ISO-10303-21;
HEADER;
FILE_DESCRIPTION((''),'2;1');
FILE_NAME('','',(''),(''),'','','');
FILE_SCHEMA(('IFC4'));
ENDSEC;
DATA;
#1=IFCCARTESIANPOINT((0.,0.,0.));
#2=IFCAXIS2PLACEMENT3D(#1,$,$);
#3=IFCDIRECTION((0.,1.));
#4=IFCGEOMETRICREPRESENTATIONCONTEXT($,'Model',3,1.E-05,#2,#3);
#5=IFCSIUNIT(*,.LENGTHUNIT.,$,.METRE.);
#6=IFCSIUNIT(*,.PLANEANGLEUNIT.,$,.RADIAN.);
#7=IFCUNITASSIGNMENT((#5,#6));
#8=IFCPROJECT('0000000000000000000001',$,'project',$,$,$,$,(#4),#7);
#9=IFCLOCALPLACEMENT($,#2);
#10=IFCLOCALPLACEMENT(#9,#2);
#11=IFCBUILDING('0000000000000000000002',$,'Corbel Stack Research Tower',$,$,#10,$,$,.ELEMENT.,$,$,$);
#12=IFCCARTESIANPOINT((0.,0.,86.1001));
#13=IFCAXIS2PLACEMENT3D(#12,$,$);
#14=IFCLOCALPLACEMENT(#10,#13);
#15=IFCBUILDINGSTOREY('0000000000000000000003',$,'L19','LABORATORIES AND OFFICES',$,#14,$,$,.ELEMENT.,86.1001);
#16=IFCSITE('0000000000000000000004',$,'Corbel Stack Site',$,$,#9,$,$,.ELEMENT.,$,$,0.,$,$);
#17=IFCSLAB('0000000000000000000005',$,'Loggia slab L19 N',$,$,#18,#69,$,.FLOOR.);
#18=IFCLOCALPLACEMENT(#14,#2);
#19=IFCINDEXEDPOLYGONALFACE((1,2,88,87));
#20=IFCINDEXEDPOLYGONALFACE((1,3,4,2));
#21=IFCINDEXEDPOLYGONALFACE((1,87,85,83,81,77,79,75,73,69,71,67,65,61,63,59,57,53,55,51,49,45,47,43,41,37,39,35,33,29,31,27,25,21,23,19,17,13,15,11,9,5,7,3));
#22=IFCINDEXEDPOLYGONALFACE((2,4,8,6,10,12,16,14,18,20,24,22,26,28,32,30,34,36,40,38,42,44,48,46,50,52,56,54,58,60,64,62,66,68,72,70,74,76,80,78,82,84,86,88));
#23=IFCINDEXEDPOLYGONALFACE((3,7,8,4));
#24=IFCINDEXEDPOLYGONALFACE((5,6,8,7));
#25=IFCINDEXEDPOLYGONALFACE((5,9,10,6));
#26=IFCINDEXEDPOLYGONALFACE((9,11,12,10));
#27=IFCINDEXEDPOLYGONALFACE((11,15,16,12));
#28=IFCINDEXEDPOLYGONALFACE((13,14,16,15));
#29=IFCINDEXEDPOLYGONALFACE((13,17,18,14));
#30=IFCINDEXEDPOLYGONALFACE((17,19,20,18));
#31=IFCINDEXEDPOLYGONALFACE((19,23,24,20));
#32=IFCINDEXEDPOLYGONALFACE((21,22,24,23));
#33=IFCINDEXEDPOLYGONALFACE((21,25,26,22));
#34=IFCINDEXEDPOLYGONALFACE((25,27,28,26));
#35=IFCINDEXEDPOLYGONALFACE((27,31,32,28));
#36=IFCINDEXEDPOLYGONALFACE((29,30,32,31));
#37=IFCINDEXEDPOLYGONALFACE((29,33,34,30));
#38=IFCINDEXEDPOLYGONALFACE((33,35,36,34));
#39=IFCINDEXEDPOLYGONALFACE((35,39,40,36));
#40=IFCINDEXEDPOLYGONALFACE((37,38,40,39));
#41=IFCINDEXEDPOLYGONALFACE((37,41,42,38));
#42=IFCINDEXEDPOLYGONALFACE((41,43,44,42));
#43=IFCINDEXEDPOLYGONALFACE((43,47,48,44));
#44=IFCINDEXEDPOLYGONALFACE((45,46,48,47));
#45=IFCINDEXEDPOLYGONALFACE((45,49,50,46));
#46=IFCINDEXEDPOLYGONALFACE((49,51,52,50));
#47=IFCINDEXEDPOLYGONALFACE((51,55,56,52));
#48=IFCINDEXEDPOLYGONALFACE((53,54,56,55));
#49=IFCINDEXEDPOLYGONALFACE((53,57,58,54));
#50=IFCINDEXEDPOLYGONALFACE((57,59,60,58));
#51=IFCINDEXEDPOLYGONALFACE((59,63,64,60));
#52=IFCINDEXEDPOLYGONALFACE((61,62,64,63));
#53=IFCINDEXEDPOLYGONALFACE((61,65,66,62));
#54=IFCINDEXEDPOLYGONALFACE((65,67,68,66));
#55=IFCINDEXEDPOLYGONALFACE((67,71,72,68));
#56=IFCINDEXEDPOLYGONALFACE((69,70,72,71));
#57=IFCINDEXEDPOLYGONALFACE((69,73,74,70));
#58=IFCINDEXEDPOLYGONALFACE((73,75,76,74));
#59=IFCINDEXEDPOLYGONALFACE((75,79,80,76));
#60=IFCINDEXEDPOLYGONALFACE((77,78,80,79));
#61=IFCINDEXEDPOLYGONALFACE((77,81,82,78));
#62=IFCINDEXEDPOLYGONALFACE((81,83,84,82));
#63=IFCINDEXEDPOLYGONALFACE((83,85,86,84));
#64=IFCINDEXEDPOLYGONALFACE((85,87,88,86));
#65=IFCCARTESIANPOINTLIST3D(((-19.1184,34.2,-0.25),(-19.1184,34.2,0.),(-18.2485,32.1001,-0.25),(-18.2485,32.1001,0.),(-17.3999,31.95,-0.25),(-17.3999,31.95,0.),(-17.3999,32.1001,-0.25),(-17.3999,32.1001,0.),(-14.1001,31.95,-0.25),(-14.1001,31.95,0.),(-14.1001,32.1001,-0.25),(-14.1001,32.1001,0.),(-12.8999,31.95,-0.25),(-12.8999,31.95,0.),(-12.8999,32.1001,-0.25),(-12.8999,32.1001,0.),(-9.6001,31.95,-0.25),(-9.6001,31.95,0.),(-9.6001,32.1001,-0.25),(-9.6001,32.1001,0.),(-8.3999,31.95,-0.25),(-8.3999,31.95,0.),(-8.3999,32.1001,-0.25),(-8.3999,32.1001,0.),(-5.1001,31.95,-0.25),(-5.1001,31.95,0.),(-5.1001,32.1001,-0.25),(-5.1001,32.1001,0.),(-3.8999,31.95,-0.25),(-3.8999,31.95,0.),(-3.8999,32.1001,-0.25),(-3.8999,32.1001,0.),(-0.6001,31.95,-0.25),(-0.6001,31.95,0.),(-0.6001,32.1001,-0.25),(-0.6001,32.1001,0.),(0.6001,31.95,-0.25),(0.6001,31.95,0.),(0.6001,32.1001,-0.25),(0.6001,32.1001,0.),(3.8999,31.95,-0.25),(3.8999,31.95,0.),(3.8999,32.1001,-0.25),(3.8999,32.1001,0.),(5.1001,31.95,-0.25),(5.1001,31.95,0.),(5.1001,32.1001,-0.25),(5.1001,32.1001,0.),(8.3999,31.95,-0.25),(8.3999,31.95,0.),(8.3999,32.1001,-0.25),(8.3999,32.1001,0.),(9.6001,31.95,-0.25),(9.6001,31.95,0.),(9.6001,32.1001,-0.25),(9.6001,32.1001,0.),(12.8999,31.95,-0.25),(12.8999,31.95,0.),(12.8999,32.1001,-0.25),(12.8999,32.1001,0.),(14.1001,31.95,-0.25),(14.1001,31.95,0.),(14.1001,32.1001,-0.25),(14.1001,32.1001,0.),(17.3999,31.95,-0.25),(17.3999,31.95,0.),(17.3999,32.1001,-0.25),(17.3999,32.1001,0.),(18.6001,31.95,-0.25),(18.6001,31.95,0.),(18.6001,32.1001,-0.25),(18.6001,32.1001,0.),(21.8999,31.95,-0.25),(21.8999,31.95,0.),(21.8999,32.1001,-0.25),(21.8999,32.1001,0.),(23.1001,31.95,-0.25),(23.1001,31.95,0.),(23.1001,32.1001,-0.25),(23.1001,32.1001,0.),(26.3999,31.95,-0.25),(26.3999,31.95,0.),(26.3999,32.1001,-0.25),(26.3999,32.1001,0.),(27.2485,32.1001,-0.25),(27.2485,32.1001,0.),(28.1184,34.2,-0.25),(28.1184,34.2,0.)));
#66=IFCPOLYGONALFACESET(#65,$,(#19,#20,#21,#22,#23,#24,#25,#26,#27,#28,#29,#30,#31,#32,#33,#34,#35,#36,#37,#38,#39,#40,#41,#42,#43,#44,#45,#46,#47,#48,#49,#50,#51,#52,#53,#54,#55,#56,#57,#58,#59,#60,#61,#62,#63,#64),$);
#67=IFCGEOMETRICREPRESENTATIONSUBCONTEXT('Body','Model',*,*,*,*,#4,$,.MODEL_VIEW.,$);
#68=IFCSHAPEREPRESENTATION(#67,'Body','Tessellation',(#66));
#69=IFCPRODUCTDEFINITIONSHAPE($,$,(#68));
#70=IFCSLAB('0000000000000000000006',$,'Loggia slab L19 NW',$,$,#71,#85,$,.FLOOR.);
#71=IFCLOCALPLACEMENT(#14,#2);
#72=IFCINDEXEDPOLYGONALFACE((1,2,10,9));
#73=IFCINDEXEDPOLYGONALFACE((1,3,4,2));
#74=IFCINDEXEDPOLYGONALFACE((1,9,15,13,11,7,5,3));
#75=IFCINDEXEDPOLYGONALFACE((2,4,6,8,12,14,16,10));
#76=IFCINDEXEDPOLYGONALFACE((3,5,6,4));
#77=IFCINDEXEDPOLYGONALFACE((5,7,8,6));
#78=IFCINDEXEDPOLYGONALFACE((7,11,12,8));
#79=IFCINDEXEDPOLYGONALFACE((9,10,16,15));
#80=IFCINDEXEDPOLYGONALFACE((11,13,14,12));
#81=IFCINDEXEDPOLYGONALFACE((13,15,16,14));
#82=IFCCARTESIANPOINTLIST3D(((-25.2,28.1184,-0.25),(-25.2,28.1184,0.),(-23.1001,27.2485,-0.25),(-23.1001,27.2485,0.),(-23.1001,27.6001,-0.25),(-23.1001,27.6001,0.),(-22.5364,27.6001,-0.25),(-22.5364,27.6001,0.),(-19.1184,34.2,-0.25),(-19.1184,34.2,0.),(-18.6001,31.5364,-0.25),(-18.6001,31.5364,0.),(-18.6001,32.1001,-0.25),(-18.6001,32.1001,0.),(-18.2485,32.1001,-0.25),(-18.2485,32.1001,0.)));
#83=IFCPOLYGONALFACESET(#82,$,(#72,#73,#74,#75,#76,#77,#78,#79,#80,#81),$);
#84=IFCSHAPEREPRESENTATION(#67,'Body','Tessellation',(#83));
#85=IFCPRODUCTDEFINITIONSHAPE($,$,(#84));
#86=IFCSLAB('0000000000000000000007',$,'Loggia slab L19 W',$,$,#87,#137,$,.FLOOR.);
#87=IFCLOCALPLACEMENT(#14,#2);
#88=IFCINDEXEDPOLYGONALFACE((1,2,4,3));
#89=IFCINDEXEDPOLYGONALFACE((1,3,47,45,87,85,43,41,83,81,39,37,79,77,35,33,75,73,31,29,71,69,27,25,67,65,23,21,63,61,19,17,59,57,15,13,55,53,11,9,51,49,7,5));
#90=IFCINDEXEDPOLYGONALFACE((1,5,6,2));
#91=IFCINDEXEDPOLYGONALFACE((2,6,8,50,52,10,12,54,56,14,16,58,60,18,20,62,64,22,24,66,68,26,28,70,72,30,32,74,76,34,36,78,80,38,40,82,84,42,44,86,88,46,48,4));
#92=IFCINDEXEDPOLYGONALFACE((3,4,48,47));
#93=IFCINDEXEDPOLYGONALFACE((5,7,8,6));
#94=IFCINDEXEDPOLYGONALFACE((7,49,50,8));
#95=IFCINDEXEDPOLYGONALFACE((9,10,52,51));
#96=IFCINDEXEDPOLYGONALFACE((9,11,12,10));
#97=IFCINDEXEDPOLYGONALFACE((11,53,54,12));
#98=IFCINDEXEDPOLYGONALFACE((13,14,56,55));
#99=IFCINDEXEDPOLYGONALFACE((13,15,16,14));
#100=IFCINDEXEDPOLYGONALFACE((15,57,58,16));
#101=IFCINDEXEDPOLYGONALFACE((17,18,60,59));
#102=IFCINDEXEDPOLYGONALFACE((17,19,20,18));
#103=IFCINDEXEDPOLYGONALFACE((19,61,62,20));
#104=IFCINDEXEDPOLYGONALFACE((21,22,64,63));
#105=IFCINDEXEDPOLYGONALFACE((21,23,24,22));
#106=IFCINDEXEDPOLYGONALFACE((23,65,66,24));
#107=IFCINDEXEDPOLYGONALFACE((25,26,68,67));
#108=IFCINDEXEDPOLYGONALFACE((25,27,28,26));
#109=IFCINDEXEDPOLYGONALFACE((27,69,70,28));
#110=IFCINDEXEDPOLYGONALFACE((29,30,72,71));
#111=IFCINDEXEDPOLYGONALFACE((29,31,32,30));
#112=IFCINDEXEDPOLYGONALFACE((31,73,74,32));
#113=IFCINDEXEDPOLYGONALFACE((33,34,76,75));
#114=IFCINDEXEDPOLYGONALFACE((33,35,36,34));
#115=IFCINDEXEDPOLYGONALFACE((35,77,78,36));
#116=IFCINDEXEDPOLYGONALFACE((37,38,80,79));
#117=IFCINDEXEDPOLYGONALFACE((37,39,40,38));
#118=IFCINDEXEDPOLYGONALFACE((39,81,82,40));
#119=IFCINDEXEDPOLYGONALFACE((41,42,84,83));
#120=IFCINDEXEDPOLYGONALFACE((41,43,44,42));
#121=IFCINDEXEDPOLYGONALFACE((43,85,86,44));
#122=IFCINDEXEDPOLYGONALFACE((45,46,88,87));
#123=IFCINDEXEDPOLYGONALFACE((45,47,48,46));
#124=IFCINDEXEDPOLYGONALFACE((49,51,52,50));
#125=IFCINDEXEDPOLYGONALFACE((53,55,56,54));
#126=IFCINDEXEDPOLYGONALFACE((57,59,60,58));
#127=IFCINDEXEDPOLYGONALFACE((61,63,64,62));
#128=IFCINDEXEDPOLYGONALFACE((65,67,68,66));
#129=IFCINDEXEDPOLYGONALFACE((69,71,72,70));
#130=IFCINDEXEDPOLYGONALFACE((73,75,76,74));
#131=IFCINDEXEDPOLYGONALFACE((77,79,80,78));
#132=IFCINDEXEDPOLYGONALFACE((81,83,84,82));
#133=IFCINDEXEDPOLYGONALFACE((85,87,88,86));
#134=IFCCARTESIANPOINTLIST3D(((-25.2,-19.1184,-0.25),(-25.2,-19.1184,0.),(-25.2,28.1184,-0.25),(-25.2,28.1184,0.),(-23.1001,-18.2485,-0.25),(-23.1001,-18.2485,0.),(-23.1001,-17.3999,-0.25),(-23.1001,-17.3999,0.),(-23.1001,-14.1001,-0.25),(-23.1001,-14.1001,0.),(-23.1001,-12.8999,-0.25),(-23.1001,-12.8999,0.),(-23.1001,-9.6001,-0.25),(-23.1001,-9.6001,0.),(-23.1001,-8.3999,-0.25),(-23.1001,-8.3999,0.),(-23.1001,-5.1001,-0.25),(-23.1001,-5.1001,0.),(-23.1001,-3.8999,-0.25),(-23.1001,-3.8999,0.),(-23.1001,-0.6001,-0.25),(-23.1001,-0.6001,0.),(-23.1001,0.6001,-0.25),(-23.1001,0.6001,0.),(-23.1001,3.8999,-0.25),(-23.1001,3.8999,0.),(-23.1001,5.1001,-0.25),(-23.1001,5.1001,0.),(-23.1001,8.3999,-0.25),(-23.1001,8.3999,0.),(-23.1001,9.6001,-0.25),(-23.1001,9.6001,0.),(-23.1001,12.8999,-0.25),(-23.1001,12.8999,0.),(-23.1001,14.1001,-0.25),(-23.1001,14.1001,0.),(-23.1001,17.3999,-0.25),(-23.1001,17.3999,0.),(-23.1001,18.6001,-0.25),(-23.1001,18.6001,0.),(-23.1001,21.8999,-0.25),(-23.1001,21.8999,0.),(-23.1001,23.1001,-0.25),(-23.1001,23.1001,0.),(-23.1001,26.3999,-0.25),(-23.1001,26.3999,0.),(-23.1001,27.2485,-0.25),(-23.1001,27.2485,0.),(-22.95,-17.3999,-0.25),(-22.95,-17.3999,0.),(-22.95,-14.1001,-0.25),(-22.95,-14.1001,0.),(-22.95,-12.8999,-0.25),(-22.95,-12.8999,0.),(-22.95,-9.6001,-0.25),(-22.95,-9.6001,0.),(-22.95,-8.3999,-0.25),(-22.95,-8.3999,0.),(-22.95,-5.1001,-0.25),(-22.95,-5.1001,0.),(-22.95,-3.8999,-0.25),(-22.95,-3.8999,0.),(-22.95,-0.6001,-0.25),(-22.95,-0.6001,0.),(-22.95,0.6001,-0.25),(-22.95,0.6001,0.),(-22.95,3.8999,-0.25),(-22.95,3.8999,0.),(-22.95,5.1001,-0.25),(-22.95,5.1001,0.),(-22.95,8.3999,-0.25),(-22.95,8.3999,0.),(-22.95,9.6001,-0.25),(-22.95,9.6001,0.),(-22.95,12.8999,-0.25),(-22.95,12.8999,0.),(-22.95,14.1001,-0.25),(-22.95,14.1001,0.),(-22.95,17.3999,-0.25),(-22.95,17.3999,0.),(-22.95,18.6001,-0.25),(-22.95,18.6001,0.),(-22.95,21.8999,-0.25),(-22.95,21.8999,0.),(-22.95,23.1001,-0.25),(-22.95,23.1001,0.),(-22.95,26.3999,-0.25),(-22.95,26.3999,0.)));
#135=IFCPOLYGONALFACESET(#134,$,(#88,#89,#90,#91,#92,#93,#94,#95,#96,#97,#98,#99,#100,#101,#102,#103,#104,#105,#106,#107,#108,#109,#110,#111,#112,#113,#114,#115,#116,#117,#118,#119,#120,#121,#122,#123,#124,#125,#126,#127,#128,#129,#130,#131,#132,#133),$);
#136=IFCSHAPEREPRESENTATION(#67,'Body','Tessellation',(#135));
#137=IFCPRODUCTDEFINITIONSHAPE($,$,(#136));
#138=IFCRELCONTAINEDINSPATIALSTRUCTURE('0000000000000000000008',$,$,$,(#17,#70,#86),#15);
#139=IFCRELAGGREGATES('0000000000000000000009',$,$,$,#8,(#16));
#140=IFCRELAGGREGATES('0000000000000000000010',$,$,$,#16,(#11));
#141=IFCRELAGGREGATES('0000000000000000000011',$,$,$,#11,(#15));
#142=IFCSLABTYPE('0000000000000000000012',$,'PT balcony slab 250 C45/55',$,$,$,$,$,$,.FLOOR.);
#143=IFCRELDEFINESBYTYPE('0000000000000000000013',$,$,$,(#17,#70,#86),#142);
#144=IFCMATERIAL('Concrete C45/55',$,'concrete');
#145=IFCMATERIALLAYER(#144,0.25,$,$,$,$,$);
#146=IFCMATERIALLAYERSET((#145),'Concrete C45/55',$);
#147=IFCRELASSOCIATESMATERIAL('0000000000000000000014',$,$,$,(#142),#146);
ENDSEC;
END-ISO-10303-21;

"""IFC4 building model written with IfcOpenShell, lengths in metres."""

from ifc_helpers import new_model, si_unit, direction, frame, origin, place, context, subcontext, project, spatial, polyline, outline, extrude, material, layer, layer_set, type_object, element, save


model = new_model("IFC4")

# Units and contexts
model_context = context("Model", 3, precision=1e-05, world=origin(), true_north=direction((0.0, 1.0)))
body_context = subcontext(model_context, "Body", "Model", "MODEL_VIEW")
ifc_project = project(units=[si_unit("LENGTHUNIT", "METRE"), si_unit("PLANEANGLEUNIT", "RADIAN")], contexts=[model_context])

# Site, building, storey
site_placement = place(None, origin())
site = spatial("IfcSite", under=ifc_project, at=site_placement, Name="Corbel Stack Site", CompositionType="ELEMENT", RefElevation=0.0)
building_placement = place(site_placement, origin())
building = spatial("IfcBuilding", under=site, at=building_placement, Name="Corbel Stack Research Tower", CompositionType="ELEMENT")
storey_placement = place(building_placement, frame((0.0, 0.0, 86.1001)))
storey = spatial("IfcBuildingStorey", under=building, at=storey_placement, Name="L19", Description="LABORATORIES AND OFFICES", CompositionType="ELEMENT", Elevation=86.1001)

# Slabs
ifc_material_1 = material(Name="Concrete C45/55", Category="concrete")
ifc_layer_1 = layer(ifc_material_1, 0.25)
ifc_layer_set_1 = layer_set([ifc_layer_1], Name="Concrete C45/55")
slab_type_1 = type_object("IfcSlabType", Name="PT balcony slab 250 C45/55", PredefinedType="FLOOR", material=ifc_layer_set_1)
slab_1_placement = place(storey_placement, frame((0.0, 0.0, -0.25)))
element("IfcSlab", 1, at=slab_1_placement, inside=storey, type_object=slab_type_1, Name="Loggia slab L19 N", PredefinedType="FLOOR", context=body_context, shape_type="SweptSolid", body=[
    extrude(outline(polyline([(-18.2485, 32.1001), (-17.3999, 32.1001), (-17.3999, 31.95), (-14.1001, 31.95), (-14.1001, 32.1001), (-12.8999, 32.1001), (-12.8999, 31.95), (-9.6001, 31.95), (-9.6001, 32.1001), (-8.3999, 32.1001), (-8.3999, 31.95), (-5.1001, 31.95), (-5.1001, 32.1001), (-3.8999, 32.1001), (-3.8999, 31.95), (-0.6001, 31.95), (-0.6001, 32.1001), (0.6001, 32.1001), (0.6001, 31.95), (3.8999, 31.95), (3.8999, 32.1001), (5.1001, 32.1001), (5.1001, 31.95), (8.3999, 31.95), (8.3999, 32.1001), (9.6001, 32.1001), (9.6001, 31.95), (12.8999, 31.95), (12.8999, 32.1001), (14.1001, 32.1001), (14.1001, 31.95), (17.3999, 31.95), (17.3999, 32.1001), (18.6001, 32.1001), (18.6001, 31.95), (21.8999, 31.95), (21.8999, 32.1001), (23.1001, 32.1001), (23.1001, 31.95), (26.3999, 31.95), (26.3999, 32.1001), (27.2485, 32.1001), (28.1184, 34.2), (-19.1184, 34.2), (-18.2485, 32.1001)])), origin(), (0.0, 0.0, 1.0), 0.25),
])
slab_2_placement = place(storey_placement, frame((0.0, 0.0, -0.25)))
element("IfcSlab", 2, at=slab_2_placement, inside=storey, type_object=slab_type_1, Name="Loggia slab L19 NW", PredefinedType="FLOOR", context=body_context, shape_type="SweptSolid", body=[
    extrude(outline(polyline([(-23.1001, 27.2485), (-23.1001, 27.6001), (-22.5364, 27.6001), (-18.6001, 31.5364), (-18.6001, 32.1001), (-18.2485, 32.1001), (-19.1184, 34.2), (-25.2, 28.1184), (-23.1001, 27.2485)])), origin(), (0.0, 0.0, 1.0), 0.25),
])
slab_3_placement = place(storey_placement, frame((0.0, 0.0, -0.25)))
element("IfcSlab", 3, at=slab_3_placement, inside=storey, type_object=slab_type_1, Name="Loggia slab L19 W", PredefinedType="FLOOR", context=body_context, shape_type="SweptSolid", body=[
    extrude(outline(polyline([(-23.1001, -18.2485), (-23.1001, -17.3999), (-22.95, -17.3999), (-22.95, -14.1001), (-23.1001, -14.1001), (-23.1001, -12.8999), (-22.95, -12.8999), (-22.95, -9.6001), (-23.1001, -9.6001), (-23.1001, -8.3999), (-22.95, -8.3999), (-22.95, -5.1001), (-23.1001, -5.1001), (-23.1001, -3.8999), (-22.95, -3.8999), (-22.95, -0.6001), (-23.1001, -0.6001), (-23.1001, 0.6001), (-22.95, 0.6001), (-22.95, 3.8999), (-23.1001, 3.8999), (-23.1001, 5.1001), (-22.95, 5.1001), (-22.95, 8.3999), (-23.1001, 8.3999), (-23.1001, 9.6001), (-22.95, 9.6001), (-22.95, 12.8999), (-23.1001, 12.8999), (-23.1001, 14.1001), (-22.95, 14.1001), (-22.95, 17.3999), (-23.1001, 17.3999), (-23.1001, 18.6001), (-22.95, 18.6001), (-22.95, 21.8999), (-23.1001, 21.8999), (-23.1001, 23.1001), (-22.95, 23.1001), (-22.95, 26.3999), (-23.1001, 26.3999), (-23.1001, 27.2485), (-25.2, 28.1184), (-25.2, -19.1184), (-23.1001, -18.2485)])), origin(), (0.0, 0.0, 1.0), 0.25),
])

save(model, "model.ifc")
